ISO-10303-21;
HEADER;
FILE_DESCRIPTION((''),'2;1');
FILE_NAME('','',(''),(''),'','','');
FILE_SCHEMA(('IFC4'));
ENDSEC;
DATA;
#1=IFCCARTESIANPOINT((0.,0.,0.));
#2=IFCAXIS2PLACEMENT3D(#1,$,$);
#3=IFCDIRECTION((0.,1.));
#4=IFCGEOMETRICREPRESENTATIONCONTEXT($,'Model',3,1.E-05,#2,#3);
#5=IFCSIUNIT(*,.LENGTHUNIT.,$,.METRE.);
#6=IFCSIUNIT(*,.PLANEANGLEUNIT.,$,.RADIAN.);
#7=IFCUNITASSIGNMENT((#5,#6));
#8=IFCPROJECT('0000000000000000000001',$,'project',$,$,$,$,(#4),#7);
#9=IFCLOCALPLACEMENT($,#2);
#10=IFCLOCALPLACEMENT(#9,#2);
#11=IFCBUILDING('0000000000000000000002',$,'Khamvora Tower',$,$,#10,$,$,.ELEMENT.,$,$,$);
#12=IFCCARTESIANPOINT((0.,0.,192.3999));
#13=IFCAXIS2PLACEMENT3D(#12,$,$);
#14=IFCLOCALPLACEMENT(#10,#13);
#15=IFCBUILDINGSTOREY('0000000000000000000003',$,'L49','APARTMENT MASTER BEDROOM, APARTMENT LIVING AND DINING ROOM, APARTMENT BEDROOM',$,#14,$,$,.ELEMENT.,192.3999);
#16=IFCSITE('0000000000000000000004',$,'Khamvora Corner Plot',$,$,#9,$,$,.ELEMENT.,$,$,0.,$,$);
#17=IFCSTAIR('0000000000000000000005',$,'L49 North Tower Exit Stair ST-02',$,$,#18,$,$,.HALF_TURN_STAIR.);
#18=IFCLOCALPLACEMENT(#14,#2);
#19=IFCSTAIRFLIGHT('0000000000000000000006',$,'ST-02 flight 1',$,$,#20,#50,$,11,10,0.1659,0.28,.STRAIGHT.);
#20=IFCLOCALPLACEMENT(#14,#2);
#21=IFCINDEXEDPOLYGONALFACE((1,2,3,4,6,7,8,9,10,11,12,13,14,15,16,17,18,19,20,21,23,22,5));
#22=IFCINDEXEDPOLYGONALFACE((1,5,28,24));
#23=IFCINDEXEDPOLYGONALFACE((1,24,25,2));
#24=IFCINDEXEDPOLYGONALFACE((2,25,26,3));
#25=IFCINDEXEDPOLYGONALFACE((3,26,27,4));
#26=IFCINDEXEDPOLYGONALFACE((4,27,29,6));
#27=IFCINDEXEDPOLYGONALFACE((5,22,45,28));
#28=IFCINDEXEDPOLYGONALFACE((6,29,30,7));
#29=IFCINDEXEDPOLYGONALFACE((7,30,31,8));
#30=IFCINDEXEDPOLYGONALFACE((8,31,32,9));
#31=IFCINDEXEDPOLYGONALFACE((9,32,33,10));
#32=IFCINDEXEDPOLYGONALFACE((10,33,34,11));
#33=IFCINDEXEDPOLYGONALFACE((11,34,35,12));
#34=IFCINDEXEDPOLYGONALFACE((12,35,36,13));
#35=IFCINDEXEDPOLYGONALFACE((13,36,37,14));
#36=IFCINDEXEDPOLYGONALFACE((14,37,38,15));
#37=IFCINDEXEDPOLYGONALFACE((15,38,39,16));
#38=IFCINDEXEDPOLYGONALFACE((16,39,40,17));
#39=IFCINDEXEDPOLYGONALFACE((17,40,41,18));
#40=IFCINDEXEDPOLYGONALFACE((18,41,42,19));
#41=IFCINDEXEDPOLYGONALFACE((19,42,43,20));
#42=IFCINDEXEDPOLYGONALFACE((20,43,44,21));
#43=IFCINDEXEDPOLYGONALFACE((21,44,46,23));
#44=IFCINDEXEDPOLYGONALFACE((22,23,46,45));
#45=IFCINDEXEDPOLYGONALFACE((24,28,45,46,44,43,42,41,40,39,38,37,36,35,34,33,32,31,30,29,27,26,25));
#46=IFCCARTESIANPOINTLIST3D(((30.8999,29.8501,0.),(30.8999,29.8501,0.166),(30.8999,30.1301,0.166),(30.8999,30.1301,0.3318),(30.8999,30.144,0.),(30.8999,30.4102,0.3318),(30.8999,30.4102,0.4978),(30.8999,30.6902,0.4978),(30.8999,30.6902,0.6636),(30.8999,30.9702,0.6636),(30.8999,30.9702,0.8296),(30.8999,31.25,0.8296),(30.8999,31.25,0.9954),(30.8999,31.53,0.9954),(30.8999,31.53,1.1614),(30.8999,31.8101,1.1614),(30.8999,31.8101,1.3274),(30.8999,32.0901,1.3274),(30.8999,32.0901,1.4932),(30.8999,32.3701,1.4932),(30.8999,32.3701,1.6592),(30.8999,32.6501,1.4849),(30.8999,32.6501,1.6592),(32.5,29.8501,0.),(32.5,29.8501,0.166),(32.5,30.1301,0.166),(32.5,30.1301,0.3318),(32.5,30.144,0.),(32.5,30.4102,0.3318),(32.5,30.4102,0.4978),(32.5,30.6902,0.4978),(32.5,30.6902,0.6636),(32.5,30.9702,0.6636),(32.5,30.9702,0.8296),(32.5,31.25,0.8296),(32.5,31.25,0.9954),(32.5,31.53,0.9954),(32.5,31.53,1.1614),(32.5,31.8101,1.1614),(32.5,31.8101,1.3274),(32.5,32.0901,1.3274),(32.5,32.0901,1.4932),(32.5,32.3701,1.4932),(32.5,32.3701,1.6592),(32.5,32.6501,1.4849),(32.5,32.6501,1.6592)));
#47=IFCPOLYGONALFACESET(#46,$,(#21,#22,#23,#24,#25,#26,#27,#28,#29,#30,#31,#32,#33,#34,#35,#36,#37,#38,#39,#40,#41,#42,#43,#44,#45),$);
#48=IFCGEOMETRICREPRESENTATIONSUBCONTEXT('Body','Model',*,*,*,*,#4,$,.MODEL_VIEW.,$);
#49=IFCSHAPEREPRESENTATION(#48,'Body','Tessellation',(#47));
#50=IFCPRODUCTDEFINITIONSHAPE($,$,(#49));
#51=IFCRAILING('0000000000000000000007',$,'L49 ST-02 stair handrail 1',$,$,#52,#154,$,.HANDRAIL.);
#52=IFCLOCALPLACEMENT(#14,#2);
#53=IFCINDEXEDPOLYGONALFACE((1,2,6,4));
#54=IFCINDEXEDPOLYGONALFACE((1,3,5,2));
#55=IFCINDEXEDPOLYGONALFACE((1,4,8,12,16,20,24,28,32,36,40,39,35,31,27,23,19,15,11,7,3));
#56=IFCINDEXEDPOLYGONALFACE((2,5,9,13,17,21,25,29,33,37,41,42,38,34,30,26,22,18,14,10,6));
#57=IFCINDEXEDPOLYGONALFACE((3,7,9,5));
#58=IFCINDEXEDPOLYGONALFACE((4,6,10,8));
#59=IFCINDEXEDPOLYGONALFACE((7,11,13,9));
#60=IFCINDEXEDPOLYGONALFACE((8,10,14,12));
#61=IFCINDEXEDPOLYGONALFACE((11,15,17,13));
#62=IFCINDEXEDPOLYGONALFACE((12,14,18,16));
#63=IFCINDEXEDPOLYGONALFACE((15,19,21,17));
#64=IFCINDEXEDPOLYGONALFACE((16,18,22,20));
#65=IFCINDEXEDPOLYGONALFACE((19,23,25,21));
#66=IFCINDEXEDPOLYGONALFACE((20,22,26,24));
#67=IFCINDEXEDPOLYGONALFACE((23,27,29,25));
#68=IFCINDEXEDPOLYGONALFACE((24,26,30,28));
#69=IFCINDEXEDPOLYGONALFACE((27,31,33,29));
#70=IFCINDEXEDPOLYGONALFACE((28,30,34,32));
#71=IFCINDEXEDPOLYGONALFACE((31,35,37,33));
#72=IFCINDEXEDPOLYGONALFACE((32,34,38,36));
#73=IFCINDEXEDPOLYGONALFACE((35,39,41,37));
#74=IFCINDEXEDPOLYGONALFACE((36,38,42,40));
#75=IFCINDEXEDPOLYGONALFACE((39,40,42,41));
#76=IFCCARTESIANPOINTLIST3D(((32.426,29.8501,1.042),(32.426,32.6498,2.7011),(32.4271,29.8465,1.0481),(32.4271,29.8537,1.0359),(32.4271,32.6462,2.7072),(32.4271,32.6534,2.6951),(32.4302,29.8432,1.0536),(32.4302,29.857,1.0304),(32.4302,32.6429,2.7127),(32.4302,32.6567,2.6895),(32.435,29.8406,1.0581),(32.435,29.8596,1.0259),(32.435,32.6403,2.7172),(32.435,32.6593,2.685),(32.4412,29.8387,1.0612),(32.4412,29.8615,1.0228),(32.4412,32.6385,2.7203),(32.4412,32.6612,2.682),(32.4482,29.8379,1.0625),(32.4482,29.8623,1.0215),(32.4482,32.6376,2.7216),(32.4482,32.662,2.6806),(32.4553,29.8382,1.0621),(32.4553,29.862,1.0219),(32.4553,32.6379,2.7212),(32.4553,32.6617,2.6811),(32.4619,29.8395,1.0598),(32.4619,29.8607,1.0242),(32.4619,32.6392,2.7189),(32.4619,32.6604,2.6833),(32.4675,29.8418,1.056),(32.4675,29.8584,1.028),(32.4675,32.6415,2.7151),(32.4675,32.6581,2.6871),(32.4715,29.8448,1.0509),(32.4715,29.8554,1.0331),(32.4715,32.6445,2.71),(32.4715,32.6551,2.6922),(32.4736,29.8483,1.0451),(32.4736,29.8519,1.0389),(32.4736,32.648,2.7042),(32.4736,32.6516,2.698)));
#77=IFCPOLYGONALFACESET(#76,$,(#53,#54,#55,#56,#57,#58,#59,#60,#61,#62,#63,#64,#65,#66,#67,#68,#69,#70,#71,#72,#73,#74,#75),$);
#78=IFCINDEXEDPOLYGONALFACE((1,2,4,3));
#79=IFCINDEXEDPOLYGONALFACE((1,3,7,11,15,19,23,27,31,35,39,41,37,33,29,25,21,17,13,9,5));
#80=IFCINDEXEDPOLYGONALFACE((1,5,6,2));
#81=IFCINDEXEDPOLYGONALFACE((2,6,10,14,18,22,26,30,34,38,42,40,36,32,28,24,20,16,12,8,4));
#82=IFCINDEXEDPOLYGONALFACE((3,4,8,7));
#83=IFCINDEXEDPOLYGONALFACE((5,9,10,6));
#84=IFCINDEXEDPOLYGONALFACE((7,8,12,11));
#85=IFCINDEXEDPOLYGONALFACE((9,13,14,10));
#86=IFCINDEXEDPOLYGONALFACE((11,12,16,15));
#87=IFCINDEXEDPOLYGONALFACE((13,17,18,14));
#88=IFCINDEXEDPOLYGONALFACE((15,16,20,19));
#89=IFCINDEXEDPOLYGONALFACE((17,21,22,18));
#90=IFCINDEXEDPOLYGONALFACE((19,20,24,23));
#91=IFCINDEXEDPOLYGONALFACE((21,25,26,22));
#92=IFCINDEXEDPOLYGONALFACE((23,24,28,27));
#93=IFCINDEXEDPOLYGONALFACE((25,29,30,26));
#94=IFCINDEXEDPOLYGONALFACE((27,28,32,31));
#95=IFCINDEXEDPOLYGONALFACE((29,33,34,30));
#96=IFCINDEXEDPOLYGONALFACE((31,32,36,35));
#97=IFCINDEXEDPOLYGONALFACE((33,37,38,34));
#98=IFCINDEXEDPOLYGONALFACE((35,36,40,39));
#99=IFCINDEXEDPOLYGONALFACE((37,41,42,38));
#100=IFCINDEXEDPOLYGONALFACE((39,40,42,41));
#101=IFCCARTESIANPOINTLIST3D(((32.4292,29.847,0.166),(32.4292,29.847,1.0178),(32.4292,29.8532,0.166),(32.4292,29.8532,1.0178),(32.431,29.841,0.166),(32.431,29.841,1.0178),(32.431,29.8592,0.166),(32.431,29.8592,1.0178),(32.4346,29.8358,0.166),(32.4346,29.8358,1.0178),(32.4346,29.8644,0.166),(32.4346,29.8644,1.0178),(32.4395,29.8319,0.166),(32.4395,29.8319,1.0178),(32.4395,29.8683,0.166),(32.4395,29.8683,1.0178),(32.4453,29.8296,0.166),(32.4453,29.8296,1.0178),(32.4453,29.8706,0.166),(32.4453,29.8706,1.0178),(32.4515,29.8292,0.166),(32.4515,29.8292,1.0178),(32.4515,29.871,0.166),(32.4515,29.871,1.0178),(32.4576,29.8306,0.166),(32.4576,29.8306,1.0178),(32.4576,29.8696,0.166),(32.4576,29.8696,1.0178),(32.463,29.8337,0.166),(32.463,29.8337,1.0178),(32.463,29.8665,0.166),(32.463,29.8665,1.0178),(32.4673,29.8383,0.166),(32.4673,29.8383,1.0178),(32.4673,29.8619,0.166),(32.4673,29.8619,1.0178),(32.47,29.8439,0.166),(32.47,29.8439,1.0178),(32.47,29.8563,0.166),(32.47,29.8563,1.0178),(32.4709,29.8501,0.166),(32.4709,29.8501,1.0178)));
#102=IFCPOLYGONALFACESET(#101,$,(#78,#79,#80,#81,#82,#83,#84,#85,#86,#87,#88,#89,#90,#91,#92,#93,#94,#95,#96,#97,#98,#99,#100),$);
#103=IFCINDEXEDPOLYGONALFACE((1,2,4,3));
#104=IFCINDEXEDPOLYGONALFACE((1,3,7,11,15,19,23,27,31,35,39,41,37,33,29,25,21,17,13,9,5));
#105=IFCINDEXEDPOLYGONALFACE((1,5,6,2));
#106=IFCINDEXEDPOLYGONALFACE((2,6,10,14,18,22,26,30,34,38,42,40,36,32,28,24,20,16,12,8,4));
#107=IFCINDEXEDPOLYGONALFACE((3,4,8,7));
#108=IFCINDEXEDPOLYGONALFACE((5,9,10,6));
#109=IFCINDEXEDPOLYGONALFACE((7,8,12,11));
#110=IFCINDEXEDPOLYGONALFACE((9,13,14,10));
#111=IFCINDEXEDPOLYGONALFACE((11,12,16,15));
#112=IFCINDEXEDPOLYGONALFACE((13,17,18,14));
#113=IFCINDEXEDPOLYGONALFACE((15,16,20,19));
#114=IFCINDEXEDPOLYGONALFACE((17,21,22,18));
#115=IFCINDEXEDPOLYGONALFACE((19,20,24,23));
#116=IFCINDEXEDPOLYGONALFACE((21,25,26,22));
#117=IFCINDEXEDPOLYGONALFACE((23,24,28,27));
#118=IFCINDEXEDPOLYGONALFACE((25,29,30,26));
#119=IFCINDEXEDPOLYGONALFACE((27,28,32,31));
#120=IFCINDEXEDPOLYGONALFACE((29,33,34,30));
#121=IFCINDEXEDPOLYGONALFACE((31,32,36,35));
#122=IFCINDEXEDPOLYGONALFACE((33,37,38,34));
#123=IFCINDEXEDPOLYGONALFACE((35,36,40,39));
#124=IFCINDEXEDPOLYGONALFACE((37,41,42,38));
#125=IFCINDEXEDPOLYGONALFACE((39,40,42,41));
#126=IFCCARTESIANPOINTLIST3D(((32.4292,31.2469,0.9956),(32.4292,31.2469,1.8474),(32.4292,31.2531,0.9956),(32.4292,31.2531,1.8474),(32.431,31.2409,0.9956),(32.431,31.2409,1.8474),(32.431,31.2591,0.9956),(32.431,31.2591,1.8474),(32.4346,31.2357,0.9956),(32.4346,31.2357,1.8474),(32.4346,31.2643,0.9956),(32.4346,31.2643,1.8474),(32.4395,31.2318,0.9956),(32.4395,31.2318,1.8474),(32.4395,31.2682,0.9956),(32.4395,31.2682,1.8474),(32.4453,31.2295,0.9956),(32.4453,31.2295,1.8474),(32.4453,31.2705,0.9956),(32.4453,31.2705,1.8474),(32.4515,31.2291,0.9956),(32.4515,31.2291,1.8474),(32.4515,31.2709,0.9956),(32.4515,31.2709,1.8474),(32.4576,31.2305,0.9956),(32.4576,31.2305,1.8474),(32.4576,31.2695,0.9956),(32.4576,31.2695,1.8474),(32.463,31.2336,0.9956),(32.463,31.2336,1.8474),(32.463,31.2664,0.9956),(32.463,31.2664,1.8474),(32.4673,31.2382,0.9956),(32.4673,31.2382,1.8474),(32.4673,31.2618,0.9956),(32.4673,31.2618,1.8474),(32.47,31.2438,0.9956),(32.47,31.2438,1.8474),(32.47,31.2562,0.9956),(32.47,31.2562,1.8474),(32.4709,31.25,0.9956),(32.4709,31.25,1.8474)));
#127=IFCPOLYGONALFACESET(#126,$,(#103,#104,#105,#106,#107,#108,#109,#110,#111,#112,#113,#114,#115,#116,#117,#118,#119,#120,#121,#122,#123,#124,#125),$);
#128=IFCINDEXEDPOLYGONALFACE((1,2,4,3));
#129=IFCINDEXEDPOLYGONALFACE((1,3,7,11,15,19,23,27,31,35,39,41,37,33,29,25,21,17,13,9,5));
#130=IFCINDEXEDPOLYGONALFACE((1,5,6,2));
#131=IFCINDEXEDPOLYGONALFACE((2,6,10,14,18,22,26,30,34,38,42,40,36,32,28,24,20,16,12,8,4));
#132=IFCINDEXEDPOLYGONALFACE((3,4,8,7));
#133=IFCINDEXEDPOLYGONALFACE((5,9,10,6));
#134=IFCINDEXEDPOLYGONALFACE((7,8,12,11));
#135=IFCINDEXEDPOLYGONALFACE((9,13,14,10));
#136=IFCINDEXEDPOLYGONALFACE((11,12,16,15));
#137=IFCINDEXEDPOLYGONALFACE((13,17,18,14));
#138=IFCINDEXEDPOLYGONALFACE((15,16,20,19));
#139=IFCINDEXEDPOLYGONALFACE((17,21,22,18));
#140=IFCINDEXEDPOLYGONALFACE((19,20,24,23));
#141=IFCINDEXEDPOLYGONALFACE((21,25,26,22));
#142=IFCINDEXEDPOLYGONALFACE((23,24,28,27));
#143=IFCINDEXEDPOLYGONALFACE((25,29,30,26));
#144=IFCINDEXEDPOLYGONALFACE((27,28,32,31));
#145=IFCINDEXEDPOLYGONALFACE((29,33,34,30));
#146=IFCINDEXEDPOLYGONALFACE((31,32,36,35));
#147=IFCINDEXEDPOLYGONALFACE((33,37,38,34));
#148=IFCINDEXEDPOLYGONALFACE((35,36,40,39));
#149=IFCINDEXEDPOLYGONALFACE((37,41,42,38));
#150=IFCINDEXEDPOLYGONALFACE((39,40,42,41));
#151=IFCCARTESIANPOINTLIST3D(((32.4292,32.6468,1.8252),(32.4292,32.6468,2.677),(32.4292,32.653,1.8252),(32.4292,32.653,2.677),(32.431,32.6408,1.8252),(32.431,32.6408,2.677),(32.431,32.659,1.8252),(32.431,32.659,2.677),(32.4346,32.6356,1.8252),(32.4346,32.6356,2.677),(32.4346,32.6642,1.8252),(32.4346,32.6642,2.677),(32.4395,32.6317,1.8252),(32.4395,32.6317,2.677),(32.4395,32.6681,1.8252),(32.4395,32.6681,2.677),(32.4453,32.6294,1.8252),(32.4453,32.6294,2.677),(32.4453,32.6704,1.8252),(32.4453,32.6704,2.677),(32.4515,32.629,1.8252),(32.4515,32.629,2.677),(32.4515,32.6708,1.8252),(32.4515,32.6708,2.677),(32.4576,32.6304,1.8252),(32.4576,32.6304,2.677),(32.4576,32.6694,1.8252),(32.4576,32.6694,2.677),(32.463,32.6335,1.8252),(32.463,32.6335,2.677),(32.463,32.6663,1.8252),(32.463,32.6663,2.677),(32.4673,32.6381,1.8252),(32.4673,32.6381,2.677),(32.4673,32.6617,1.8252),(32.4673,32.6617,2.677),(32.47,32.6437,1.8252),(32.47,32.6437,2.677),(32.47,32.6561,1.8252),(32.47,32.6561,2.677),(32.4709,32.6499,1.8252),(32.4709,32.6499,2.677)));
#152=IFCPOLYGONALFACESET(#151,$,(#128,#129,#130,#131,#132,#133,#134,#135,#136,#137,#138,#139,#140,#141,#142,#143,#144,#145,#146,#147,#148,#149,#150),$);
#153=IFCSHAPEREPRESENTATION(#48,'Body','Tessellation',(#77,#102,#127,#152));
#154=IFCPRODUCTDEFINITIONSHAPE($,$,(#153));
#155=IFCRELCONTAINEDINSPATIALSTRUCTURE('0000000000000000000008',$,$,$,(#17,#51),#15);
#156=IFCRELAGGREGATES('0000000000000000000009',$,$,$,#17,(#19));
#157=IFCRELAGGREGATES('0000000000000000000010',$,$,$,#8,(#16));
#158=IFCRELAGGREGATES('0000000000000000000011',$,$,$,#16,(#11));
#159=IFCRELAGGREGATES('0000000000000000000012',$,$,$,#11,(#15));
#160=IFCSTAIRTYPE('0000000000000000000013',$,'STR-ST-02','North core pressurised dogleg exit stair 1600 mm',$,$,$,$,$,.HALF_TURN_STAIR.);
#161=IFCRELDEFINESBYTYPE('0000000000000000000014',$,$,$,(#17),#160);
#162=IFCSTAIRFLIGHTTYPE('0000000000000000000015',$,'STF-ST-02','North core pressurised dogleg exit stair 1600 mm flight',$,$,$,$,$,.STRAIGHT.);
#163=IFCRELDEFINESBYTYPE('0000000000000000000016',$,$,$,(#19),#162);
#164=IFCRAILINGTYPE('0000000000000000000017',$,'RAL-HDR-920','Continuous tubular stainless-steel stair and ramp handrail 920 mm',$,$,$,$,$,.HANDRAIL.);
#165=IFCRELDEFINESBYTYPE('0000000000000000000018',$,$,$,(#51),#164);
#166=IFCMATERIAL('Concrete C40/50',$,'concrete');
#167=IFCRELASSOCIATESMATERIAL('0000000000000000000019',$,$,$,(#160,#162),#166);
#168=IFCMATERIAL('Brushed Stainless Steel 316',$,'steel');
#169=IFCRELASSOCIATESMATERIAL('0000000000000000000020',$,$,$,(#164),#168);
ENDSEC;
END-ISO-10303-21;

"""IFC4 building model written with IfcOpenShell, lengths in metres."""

from ifc_helpers import new_model, si_unit, direction, frame, origin, origin_2d, place, context, subcontext, project, spatial, polyline, circle, outline, extrude, material, type_object, element, aggregate, save


model = new_model("IFC4")

# Units and contexts
model_context = context("Model", 3, precision=1e-05, world=origin(), true_north=direction((0.0, 1.0)))
body_context = subcontext(model_context, "Body", "Model", "MODEL_VIEW")
ifc_project = project(units=[si_unit("LENGTHUNIT", "METRE"), si_unit("PLANEANGLEUNIT", "RADIAN")], contexts=[model_context])

# Site, building, storey
site_placement = place(None, origin())
site = spatial("IfcSite", under=ifc_project, at=site_placement, Name="Khamvora Corner Plot", CompositionType="ELEMENT", RefElevation=0.0)
building_placement = place(site_placement, origin())
building = spatial("IfcBuilding", under=site, at=building_placement, Name="Khamvora Tower", CompositionType="ELEMENT")
storey_placement = place(building_placement, frame((0.0, 0.0, 192.3999)))
storey = spatial("IfcBuildingStorey", under=building, at=storey_placement, Name="L49", Description="APARTMENT MASTER BEDROOM, APARTMENT LIVING AND DINING ROOM, APARTMENT BEDROOM", CompositionType="ELEMENT", Elevation=192.3999)

# Stair, stair flight
ifc_material_1 = material(Name="Concrete C40/50", Category="concrete")
stair_type = type_object("IfcStairType", Name="STR-ST-02", Description="North core pressurised dogleg exit stair 1600 mm", PredefinedType="HALF_TURN_STAIR", material=ifc_material_1)
stair_placement = place(storey_placement, origin())
stair = element("IfcStair", 1, at=stair_placement, inside=storey, type_object=stair_type, Name="L49 North Tower Exit Stair ST-02", PredefinedType="HALF_TURN_STAIR")
stair_flight_type = type_object("IfcStairFlightType", Name="STF-ST-02", Description="North core pressurised dogleg exit stair 1600 mm flight", PredefinedType="STRAIGHT", material=ifc_material_1)
stair_flight_placement = place(storey_placement, frame((31.7, 29.8501, 0.0), z_axis=(0.0, 0.0, 1.0), x_axis=(0.0, 1.0, 0.0)))
stair_flight = element("IfcStairFlight", 2, at=stair_flight_placement, type_object=stair_flight_type, Name="ST-02 flight 1", NumberOfRisers=11, NumberOfTreads=10, PredefinedType="STRAIGHT", RiserHeight=0.1659, TreadLength=0.28, context=body_context, shape_type="SweptSolid", body=[
    extrude(outline(polyline([(0.0, 0.0), (0.0, 0.166), (0.28, 0.166), (0.28, 0.3318), (0.5601, 0.3318), (0.5601, 0.4978), (0.8401, 0.4978), (0.8401, 0.6636), (1.1201, 0.6636), (1.1201, 0.8296), (1.3999, 0.8296), (1.3999, 0.9954), (1.6799, 0.9954), (1.6799, 1.1614), (1.96, 1.1614), (1.96, 1.3274), (2.24, 1.3274), (2.24, 1.4932), (2.52, 1.4932), (2.52, 1.6592), (2.8, 1.6592), (2.8, 1.825), (2.8, 1.4849), (0.2939, 0.0), (0.0, 0.0)])), frame((0.0, 0.8, 0.0), z_axis=(0.0, -1.0, 0.0), x_axis=(1.0, 0.0, 0.0)), (0.0, 0.0, 1.0), 1.6001),
])
aggregate(stair, [stair_flight])

# Railing
ifc_material_2 = material(Name="Brushed Stainless Steel 316", Category="steel")
railing_type_1 = type_object("IfcRailingType", Name="RAL-HDR-920", Description="Continuous tubular stainless-steel stair and ramp handrail 920 mm", PredefinedType="HANDRAIL", material=ifc_material_2)
railing_1_placement = place(storey_placement, frame((32.45, 29.8501, 0.166)))
element("IfcRailing", 3, at=railing_1_placement, inside=storey, type_object=railing_type_1, Name="L49 ST-02 stair handrail 1", PredefinedType="HANDRAIL", context=body_context, shape_type="SweptSolid", body=[
    extrude(circle(Radius=0.0239, at=origin_2d()), frame((0.0, 0.0, 0.876), z_axis=(0.0, 0.860287, 0.509811), x_axis=(-1.0, 0.0, 0.0)), (0.0, 0.0, 1.0), 3.2544),
    extrude(circle(Radius=0.021, at=origin_2d()), origin(), (0.0, 0.0, 1.0), 0.8518),
    extrude(circle(Radius=0.021, at=origin_2d()), frame((0.0, 1.3999, 0.8296)), (0.0, 0.0, 1.0), 0.8518),
    extrude(circle(Radius=0.021, at=origin_2d()), frame((0.0, 2.7998, 1.6592)), (0.0, 0.0, 1.0), 0.8518),
])

save(model, "model.ifc")
